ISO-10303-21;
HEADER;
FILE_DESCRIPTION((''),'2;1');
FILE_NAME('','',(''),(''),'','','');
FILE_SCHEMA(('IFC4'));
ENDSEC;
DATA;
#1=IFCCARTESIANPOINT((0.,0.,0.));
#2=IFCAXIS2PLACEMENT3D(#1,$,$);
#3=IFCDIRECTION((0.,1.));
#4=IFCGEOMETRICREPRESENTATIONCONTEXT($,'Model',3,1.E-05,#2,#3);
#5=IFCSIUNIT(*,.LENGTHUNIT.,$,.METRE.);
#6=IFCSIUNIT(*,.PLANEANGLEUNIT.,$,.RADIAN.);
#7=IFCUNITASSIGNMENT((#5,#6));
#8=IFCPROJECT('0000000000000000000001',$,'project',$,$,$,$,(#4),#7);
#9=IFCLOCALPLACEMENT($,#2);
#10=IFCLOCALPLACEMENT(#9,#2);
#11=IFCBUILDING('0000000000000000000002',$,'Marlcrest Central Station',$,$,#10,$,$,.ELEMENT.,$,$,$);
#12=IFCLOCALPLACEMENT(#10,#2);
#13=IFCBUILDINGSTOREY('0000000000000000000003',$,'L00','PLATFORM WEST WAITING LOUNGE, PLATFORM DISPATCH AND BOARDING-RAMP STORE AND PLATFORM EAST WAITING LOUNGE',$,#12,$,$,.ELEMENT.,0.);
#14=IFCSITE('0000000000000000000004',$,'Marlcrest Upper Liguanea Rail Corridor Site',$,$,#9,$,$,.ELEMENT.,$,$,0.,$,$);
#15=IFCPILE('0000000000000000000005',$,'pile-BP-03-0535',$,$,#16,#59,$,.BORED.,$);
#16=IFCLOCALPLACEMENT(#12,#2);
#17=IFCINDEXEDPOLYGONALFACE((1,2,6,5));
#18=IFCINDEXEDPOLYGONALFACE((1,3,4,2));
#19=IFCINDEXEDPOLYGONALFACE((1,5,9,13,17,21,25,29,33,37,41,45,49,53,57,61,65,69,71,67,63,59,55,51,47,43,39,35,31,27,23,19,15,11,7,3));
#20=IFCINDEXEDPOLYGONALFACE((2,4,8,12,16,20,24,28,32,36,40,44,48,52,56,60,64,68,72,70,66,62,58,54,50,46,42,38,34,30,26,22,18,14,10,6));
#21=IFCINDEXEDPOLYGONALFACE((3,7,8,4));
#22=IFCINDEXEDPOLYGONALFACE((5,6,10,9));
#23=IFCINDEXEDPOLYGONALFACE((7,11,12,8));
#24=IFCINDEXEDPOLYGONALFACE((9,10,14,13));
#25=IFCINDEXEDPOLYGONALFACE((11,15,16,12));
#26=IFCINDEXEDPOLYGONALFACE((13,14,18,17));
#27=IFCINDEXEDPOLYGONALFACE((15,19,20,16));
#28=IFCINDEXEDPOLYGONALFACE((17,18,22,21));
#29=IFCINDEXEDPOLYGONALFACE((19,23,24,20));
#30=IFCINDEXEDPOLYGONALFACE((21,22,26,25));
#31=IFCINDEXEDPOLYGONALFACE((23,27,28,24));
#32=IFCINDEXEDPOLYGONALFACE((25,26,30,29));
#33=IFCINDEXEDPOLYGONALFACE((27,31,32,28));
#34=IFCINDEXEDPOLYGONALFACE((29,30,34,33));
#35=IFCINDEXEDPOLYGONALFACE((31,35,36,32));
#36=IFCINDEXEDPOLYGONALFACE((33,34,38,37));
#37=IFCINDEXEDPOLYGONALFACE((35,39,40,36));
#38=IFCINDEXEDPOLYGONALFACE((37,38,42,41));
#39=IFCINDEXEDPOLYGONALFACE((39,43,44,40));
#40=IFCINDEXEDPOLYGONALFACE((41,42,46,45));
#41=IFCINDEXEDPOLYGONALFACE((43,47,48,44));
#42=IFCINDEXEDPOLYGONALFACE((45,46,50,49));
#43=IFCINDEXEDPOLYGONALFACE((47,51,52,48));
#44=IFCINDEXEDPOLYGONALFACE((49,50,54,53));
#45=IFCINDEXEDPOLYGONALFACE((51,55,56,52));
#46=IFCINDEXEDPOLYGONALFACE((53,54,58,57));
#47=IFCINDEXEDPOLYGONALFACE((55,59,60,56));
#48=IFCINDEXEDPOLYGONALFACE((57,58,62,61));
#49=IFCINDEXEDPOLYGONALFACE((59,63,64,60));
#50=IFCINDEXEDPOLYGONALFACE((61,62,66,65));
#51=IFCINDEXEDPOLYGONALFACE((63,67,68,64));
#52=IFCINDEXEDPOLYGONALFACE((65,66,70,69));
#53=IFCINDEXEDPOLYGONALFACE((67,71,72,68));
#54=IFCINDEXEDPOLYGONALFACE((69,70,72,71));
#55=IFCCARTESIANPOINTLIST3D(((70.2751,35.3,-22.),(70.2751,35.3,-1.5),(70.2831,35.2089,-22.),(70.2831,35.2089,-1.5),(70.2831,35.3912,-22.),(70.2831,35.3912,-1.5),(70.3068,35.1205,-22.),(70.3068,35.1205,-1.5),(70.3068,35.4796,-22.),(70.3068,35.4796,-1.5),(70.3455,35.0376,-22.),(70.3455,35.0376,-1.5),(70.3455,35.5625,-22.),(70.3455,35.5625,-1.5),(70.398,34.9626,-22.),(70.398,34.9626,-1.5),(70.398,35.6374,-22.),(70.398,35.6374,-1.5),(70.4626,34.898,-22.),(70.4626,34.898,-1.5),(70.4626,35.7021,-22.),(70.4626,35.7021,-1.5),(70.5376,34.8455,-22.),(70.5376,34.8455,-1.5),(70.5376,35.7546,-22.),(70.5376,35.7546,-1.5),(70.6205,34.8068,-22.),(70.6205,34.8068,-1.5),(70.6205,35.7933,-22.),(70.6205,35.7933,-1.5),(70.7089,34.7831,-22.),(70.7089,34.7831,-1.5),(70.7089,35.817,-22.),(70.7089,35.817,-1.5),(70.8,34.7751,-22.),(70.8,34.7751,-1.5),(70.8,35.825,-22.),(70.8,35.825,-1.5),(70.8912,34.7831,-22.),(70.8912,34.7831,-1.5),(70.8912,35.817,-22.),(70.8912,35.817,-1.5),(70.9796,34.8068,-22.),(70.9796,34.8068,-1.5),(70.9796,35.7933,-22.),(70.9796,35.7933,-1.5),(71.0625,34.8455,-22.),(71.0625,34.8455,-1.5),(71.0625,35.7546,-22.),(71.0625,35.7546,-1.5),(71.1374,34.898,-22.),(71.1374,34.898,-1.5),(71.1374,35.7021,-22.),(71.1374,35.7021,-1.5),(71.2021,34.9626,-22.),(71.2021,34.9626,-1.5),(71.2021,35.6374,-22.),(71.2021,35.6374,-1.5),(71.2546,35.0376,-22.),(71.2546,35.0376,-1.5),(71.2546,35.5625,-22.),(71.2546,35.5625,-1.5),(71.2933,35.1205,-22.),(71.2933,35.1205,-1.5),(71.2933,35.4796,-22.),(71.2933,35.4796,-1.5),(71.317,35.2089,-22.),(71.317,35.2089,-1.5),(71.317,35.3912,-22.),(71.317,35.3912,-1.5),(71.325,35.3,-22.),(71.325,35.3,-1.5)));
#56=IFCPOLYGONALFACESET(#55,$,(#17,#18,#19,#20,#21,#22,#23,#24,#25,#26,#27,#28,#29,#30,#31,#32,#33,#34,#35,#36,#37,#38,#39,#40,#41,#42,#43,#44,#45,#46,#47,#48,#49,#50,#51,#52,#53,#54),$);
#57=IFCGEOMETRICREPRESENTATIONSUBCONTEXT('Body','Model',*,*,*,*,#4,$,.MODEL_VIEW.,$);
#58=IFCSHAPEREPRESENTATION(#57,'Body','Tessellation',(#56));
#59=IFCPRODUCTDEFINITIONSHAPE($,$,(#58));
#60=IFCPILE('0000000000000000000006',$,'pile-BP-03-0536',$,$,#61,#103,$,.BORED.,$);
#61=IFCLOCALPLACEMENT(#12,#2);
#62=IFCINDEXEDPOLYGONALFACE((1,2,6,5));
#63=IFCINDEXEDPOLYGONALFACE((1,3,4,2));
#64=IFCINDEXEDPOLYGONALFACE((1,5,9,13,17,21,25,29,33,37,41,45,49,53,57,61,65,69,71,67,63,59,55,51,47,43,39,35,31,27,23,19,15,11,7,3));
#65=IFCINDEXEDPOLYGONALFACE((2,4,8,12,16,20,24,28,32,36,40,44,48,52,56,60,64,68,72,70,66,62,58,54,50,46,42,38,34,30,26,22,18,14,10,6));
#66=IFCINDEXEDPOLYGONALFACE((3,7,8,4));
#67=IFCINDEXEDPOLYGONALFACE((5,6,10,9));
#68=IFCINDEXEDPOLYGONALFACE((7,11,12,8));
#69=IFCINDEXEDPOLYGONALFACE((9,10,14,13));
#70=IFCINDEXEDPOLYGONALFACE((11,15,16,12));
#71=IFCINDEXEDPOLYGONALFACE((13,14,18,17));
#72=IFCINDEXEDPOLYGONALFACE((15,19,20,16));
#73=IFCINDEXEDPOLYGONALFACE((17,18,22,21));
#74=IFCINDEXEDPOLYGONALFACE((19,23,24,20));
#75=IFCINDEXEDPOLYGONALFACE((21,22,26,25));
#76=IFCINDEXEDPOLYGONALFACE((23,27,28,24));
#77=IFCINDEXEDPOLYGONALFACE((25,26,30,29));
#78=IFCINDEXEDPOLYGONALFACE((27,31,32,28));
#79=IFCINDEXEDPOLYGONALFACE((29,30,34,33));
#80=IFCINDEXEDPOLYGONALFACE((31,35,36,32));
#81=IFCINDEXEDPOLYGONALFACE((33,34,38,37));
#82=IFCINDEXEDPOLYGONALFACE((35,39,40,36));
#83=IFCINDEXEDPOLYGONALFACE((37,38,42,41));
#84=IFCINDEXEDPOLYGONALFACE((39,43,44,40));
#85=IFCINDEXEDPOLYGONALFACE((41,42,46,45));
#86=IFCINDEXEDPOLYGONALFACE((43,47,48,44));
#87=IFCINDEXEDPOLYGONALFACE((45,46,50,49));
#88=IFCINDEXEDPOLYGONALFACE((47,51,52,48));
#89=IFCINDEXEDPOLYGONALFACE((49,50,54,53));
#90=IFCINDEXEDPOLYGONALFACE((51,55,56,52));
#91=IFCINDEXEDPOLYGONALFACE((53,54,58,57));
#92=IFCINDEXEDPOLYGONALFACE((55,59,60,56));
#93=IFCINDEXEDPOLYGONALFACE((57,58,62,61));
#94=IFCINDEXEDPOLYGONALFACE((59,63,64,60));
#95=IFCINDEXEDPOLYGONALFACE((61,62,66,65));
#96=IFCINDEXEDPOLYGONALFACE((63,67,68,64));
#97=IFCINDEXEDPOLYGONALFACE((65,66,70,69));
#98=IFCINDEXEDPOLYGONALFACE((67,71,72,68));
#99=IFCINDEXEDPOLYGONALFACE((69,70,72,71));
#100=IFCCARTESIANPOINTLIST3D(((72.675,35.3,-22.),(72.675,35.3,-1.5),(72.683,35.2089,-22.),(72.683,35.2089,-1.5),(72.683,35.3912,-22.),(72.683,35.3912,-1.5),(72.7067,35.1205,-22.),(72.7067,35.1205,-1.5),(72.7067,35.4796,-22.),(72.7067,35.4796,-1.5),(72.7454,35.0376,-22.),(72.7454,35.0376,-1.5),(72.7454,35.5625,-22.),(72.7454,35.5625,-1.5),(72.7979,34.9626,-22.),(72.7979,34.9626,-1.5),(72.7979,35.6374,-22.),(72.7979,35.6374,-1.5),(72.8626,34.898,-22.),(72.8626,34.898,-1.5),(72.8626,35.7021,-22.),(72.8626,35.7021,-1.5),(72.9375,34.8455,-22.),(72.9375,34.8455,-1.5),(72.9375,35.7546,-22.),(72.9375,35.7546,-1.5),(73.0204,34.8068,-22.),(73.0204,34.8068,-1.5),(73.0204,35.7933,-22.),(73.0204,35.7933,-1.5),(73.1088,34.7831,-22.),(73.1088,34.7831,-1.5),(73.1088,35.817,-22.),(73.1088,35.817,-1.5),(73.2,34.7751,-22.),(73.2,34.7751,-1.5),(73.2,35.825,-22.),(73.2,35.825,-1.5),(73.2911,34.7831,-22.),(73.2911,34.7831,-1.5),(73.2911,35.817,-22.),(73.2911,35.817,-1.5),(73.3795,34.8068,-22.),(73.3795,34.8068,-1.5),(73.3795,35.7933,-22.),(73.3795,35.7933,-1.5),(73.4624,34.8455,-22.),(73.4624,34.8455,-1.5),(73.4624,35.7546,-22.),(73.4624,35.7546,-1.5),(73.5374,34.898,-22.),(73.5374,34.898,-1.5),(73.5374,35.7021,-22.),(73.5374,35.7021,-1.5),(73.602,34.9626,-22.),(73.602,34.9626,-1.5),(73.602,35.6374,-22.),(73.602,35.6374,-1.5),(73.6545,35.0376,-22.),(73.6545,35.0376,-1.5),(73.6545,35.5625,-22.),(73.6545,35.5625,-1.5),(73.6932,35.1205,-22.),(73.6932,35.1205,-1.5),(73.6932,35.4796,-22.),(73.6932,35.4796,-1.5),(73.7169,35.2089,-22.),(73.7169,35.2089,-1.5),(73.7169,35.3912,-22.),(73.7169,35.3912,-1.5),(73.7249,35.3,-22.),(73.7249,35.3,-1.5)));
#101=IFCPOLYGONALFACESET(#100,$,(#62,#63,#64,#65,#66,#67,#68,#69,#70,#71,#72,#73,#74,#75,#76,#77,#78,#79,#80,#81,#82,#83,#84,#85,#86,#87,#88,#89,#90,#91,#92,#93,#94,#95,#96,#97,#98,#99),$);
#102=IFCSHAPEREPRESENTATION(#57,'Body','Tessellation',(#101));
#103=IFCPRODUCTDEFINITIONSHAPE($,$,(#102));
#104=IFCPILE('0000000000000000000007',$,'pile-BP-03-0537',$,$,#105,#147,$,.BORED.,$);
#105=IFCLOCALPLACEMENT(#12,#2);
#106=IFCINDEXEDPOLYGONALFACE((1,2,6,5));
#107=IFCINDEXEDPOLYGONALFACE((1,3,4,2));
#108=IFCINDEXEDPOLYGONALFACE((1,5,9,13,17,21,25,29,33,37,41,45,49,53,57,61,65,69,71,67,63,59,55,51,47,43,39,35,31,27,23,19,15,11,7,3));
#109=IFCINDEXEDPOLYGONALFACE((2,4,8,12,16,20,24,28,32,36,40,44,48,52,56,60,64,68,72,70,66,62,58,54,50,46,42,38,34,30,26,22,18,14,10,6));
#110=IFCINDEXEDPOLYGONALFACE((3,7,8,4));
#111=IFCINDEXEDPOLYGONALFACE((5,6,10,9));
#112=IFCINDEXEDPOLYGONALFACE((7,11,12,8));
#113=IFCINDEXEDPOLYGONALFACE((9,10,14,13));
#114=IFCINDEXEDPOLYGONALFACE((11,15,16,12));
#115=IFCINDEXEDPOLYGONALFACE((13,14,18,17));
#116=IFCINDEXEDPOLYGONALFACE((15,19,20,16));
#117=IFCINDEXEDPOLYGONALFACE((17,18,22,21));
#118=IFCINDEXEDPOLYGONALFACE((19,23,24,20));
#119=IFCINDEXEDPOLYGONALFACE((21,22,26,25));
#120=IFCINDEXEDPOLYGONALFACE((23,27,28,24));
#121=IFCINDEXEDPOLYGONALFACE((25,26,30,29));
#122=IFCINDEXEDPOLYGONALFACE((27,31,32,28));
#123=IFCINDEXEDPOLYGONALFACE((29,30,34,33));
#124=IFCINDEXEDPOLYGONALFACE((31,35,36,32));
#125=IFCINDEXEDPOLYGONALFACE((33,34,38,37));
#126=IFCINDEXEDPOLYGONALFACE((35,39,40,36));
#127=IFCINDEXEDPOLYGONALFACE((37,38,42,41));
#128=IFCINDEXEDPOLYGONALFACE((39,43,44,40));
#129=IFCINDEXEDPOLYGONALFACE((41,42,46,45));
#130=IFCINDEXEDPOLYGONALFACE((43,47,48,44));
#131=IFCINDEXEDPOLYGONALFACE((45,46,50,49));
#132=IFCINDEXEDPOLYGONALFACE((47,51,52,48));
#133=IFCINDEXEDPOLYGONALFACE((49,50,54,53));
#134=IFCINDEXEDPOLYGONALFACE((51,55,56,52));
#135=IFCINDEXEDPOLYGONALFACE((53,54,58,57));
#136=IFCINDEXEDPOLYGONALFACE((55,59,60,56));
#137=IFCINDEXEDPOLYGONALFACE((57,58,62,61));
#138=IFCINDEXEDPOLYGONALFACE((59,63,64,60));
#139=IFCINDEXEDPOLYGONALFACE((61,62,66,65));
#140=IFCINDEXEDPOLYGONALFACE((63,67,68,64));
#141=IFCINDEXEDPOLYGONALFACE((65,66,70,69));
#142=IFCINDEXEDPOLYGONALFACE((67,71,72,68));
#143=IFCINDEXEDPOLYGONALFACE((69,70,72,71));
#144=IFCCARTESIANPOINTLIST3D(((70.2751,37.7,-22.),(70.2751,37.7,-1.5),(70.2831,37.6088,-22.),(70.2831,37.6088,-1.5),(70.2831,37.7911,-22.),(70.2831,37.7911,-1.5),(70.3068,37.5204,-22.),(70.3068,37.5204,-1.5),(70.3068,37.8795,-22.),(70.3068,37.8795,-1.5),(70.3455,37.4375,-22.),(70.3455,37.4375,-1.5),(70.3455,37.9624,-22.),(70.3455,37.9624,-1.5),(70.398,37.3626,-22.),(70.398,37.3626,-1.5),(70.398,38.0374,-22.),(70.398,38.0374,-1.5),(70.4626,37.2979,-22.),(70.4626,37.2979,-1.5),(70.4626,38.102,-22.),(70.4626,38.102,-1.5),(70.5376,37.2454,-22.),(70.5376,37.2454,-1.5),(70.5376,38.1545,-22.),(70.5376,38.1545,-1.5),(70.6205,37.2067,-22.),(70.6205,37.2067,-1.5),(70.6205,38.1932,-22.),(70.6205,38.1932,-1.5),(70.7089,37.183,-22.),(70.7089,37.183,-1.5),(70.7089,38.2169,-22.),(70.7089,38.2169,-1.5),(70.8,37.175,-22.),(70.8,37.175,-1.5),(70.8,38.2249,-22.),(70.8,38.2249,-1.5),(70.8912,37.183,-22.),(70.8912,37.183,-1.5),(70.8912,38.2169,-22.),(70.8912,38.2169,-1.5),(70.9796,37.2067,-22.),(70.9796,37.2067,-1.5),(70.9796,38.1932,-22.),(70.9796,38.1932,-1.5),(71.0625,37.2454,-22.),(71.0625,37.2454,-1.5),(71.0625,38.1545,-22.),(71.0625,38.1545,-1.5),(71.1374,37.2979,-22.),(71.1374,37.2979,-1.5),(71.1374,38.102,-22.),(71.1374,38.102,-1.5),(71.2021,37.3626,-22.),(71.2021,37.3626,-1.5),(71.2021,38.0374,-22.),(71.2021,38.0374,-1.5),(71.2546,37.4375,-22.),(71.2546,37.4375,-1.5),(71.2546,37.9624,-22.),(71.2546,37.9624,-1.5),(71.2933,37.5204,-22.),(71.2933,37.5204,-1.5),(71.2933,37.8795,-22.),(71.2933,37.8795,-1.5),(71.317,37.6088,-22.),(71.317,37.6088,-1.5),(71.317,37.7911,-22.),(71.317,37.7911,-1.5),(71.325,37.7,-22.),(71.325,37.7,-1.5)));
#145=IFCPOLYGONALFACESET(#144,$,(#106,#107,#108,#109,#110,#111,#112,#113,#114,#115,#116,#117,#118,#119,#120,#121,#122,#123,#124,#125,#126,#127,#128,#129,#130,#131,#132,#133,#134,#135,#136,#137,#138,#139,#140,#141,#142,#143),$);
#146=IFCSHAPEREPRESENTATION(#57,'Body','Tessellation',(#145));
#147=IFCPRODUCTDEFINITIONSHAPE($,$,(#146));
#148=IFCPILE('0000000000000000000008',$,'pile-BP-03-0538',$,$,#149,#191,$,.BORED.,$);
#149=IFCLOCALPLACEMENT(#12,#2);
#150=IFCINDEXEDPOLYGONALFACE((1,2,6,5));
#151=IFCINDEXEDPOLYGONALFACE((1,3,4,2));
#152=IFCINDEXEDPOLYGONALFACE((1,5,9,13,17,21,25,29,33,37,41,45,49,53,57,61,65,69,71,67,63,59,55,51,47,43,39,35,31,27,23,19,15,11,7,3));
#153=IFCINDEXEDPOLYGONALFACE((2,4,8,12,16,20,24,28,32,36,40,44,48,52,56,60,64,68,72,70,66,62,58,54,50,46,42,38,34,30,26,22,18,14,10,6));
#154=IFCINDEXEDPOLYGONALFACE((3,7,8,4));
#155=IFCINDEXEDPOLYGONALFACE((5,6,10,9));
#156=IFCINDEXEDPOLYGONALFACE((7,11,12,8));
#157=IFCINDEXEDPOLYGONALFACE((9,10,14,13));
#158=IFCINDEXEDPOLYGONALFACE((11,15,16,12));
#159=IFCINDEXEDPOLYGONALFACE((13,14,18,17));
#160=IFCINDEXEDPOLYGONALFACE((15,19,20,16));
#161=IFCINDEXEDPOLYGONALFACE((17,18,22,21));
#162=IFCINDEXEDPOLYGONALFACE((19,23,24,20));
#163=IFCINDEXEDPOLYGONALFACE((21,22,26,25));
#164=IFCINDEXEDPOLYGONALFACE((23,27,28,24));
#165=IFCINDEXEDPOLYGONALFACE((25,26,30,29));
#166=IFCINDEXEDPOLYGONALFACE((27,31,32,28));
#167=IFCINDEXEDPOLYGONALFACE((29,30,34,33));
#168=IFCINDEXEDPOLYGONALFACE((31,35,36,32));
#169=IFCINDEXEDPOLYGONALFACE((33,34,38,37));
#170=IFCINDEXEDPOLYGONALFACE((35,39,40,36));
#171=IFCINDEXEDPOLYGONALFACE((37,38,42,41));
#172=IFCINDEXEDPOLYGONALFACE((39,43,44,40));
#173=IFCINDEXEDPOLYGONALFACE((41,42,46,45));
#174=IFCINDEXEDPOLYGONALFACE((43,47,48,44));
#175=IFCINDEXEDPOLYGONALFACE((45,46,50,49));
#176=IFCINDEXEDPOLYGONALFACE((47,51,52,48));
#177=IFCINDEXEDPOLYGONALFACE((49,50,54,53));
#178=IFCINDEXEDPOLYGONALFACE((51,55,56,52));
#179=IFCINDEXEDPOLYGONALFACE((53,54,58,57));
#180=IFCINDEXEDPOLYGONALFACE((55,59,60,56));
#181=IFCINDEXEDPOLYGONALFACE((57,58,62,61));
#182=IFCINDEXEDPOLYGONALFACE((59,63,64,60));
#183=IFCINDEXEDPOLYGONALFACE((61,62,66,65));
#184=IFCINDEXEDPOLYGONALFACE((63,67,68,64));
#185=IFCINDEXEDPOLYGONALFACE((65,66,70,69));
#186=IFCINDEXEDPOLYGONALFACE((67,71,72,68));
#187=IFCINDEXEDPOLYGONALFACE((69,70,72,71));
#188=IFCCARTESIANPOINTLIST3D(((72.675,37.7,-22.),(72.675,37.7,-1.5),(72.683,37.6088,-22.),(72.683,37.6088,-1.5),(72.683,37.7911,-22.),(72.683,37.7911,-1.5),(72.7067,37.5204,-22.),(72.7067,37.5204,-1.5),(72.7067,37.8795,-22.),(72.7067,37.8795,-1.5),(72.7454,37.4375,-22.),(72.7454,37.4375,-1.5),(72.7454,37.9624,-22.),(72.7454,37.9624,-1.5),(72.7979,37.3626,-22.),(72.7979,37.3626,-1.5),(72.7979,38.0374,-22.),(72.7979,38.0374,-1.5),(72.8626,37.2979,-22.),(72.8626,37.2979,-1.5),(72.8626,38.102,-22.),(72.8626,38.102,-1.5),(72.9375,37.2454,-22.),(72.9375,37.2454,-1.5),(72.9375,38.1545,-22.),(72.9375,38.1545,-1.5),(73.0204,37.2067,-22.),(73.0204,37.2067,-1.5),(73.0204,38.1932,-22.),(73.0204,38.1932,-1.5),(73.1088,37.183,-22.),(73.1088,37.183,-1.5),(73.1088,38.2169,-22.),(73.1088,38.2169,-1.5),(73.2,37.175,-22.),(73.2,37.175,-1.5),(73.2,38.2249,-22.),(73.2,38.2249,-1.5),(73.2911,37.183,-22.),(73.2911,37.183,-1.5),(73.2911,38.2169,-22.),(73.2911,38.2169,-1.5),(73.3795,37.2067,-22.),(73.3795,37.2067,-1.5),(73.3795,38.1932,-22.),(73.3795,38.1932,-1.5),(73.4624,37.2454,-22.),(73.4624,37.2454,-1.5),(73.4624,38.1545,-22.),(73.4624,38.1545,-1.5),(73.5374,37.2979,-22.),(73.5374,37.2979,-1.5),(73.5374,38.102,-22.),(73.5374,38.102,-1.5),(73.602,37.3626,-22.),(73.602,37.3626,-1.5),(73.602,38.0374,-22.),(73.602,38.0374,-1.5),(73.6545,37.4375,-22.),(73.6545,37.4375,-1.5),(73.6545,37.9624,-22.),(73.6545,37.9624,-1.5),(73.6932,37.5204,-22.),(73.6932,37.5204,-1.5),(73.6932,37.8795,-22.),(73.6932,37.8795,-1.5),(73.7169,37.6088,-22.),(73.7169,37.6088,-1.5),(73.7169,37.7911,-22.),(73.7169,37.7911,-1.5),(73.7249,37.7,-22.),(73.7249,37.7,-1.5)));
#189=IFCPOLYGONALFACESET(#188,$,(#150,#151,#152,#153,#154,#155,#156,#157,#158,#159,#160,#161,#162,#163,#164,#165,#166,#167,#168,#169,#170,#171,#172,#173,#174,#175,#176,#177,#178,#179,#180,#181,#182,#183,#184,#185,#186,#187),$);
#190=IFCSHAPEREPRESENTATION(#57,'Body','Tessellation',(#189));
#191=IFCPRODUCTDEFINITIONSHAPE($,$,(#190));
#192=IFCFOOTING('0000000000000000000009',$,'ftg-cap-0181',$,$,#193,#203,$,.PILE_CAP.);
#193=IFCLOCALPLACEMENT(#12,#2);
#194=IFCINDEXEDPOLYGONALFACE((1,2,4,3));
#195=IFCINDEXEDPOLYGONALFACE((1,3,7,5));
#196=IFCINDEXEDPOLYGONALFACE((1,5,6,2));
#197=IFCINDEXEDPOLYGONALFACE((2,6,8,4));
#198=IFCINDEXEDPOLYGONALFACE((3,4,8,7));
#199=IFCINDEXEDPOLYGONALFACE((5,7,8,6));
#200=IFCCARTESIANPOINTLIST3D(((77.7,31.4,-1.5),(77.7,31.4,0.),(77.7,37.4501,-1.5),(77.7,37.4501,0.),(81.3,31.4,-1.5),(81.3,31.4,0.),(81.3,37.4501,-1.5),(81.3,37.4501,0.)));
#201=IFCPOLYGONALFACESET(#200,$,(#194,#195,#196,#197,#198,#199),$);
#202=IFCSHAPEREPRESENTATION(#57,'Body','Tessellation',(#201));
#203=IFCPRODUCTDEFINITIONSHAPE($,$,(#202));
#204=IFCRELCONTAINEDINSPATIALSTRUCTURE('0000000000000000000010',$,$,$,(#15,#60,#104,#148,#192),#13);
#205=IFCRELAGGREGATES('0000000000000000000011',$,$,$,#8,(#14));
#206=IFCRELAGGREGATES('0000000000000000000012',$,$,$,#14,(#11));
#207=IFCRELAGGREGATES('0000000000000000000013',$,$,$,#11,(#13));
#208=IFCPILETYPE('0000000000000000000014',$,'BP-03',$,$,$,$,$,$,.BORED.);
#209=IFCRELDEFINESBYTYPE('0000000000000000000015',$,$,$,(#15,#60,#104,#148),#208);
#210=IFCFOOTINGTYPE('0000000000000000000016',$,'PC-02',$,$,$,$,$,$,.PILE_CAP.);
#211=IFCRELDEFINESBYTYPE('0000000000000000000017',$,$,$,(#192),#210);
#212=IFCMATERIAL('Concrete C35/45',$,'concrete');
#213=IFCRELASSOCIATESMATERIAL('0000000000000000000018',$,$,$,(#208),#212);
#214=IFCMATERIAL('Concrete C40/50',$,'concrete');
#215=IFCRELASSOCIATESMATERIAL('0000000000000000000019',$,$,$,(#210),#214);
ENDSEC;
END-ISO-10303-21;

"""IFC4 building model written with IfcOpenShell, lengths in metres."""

from ifc_helpers import new_model, si_unit, direction, frame, origin, origin_2d, place, context, subcontext, project, spatial, rectangle, circle, extrude, material, material_profile, profile_set, type_object, element, save


model = new_model("IFC4")

# Units and contexts
model_context = context("Model", 3, precision=1e-05, world=origin(), true_north=direction((0.0, 1.0)))
body_context = subcontext(model_context, "Body", "Model", "MODEL_VIEW")
ifc_project = project(units=[si_unit("LENGTHUNIT", "METRE"), si_unit("PLANEANGLEUNIT", "RADIAN")], contexts=[model_context])

# Site, building, storey
site_placement = place(None, origin())
site = spatial("IfcSite", under=ifc_project, at=site_placement, Name="Marlcrest Upper Liguanea Rail Corridor Site", CompositionType="ELEMENT", RefElevation=0.0)
building_placement = place(site_placement, origin())
building = spatial("IfcBuilding", under=site, at=building_placement, Name="Marlcrest Central Station", CompositionType="ELEMENT")
storey_placement = place(building_placement, origin())
storey = spatial("IfcBuildingStorey", under=building, at=storey_placement, Name="L00", Description="PLATFORM WEST WAITING LOUNGE, PLATFORM DISPATCH AND BOARDING-RAMP STORE AND PLATFORM EAST WAITING LOUNGE", CompositionType="ELEMENT", Elevation=0.0)

# Piles
ifc_material_1 = material(Name="Concrete C35/45", Category="concrete")
ifc_material_profile_1 = material_profile(ifc_material_1, circle(Radius=0.5249, at=origin_2d()), Name="PILE D1050")
ifc_profile_set_1 = profile_set([ifc_material_profile_1], Name="Concrete C35/45")
pile_type_1 = type_object("IfcPileType", Name="BP-03", PredefinedType="BORED", material=ifc_profile_set_1)
for number, where, z_axis, x_axis, name in (
    (1, (70.8, 35.3, -1.5), (0.0, 0.0, -1.0), (1.0, 0.0, 0.0), "pile-BP-03-0535"),
    (2, (73.2, 35.3, -1.5), (0.0, 0.0, -1.0), (1.0, 0.0, 0.0), "pile-BP-03-0536"),
    (3, (70.8, 37.7, -1.5), (0.0, 0.0, -1.0), (1.0, 0.0, 0.0), "pile-BP-03-0537"),
    (4, (73.2, 37.7, -1.5), (0.0, 0.0, -1.0), (1.0, 0.0, 0.0), "pile-BP-03-0538"),
):
    element("IfcPile", number, at=place(storey_placement, frame(where, z_axis=z_axis, x_axis=x_axis)), inside=storey, type_object=pile_type_1, Name=name, PredefinedType="BORED", context=body_context, shape_type="SweptSolid", body=[
        extrude(circle(Radius=0.5249, at=origin_2d()), origin(), (0.0, 0.0, 1.0), 20.5),
    ])

# Footing
ifc_material_2 = material(Name="Concrete C40/50", Category="concrete")
footing_type_1 = type_object("IfcFootingType", Name="PC-02", PredefinedType="PILE_CAP", material=ifc_material_2)
footing_1_placement = place(storey_placement, frame((79.5, 34.425, -1.5), z_axis=(0.0, 0.0, 1.0), x_axis=(1.0, 0.0, 0.0)))
element("IfcFooting", 5, at=footing_1_placement, inside=storey, type_object=footing_type_1, Name="ftg-cap-0181", PredefinedType="PILE_CAP", context=body_context, shape_type="SweptSolid", body=[
    extrude(rectangle(XDim=3.6001, YDim=6.05, at=origin_2d()), origin(), (0.0, 0.0, 1.0), 1.5),
])

save(model, "model.ifc")
